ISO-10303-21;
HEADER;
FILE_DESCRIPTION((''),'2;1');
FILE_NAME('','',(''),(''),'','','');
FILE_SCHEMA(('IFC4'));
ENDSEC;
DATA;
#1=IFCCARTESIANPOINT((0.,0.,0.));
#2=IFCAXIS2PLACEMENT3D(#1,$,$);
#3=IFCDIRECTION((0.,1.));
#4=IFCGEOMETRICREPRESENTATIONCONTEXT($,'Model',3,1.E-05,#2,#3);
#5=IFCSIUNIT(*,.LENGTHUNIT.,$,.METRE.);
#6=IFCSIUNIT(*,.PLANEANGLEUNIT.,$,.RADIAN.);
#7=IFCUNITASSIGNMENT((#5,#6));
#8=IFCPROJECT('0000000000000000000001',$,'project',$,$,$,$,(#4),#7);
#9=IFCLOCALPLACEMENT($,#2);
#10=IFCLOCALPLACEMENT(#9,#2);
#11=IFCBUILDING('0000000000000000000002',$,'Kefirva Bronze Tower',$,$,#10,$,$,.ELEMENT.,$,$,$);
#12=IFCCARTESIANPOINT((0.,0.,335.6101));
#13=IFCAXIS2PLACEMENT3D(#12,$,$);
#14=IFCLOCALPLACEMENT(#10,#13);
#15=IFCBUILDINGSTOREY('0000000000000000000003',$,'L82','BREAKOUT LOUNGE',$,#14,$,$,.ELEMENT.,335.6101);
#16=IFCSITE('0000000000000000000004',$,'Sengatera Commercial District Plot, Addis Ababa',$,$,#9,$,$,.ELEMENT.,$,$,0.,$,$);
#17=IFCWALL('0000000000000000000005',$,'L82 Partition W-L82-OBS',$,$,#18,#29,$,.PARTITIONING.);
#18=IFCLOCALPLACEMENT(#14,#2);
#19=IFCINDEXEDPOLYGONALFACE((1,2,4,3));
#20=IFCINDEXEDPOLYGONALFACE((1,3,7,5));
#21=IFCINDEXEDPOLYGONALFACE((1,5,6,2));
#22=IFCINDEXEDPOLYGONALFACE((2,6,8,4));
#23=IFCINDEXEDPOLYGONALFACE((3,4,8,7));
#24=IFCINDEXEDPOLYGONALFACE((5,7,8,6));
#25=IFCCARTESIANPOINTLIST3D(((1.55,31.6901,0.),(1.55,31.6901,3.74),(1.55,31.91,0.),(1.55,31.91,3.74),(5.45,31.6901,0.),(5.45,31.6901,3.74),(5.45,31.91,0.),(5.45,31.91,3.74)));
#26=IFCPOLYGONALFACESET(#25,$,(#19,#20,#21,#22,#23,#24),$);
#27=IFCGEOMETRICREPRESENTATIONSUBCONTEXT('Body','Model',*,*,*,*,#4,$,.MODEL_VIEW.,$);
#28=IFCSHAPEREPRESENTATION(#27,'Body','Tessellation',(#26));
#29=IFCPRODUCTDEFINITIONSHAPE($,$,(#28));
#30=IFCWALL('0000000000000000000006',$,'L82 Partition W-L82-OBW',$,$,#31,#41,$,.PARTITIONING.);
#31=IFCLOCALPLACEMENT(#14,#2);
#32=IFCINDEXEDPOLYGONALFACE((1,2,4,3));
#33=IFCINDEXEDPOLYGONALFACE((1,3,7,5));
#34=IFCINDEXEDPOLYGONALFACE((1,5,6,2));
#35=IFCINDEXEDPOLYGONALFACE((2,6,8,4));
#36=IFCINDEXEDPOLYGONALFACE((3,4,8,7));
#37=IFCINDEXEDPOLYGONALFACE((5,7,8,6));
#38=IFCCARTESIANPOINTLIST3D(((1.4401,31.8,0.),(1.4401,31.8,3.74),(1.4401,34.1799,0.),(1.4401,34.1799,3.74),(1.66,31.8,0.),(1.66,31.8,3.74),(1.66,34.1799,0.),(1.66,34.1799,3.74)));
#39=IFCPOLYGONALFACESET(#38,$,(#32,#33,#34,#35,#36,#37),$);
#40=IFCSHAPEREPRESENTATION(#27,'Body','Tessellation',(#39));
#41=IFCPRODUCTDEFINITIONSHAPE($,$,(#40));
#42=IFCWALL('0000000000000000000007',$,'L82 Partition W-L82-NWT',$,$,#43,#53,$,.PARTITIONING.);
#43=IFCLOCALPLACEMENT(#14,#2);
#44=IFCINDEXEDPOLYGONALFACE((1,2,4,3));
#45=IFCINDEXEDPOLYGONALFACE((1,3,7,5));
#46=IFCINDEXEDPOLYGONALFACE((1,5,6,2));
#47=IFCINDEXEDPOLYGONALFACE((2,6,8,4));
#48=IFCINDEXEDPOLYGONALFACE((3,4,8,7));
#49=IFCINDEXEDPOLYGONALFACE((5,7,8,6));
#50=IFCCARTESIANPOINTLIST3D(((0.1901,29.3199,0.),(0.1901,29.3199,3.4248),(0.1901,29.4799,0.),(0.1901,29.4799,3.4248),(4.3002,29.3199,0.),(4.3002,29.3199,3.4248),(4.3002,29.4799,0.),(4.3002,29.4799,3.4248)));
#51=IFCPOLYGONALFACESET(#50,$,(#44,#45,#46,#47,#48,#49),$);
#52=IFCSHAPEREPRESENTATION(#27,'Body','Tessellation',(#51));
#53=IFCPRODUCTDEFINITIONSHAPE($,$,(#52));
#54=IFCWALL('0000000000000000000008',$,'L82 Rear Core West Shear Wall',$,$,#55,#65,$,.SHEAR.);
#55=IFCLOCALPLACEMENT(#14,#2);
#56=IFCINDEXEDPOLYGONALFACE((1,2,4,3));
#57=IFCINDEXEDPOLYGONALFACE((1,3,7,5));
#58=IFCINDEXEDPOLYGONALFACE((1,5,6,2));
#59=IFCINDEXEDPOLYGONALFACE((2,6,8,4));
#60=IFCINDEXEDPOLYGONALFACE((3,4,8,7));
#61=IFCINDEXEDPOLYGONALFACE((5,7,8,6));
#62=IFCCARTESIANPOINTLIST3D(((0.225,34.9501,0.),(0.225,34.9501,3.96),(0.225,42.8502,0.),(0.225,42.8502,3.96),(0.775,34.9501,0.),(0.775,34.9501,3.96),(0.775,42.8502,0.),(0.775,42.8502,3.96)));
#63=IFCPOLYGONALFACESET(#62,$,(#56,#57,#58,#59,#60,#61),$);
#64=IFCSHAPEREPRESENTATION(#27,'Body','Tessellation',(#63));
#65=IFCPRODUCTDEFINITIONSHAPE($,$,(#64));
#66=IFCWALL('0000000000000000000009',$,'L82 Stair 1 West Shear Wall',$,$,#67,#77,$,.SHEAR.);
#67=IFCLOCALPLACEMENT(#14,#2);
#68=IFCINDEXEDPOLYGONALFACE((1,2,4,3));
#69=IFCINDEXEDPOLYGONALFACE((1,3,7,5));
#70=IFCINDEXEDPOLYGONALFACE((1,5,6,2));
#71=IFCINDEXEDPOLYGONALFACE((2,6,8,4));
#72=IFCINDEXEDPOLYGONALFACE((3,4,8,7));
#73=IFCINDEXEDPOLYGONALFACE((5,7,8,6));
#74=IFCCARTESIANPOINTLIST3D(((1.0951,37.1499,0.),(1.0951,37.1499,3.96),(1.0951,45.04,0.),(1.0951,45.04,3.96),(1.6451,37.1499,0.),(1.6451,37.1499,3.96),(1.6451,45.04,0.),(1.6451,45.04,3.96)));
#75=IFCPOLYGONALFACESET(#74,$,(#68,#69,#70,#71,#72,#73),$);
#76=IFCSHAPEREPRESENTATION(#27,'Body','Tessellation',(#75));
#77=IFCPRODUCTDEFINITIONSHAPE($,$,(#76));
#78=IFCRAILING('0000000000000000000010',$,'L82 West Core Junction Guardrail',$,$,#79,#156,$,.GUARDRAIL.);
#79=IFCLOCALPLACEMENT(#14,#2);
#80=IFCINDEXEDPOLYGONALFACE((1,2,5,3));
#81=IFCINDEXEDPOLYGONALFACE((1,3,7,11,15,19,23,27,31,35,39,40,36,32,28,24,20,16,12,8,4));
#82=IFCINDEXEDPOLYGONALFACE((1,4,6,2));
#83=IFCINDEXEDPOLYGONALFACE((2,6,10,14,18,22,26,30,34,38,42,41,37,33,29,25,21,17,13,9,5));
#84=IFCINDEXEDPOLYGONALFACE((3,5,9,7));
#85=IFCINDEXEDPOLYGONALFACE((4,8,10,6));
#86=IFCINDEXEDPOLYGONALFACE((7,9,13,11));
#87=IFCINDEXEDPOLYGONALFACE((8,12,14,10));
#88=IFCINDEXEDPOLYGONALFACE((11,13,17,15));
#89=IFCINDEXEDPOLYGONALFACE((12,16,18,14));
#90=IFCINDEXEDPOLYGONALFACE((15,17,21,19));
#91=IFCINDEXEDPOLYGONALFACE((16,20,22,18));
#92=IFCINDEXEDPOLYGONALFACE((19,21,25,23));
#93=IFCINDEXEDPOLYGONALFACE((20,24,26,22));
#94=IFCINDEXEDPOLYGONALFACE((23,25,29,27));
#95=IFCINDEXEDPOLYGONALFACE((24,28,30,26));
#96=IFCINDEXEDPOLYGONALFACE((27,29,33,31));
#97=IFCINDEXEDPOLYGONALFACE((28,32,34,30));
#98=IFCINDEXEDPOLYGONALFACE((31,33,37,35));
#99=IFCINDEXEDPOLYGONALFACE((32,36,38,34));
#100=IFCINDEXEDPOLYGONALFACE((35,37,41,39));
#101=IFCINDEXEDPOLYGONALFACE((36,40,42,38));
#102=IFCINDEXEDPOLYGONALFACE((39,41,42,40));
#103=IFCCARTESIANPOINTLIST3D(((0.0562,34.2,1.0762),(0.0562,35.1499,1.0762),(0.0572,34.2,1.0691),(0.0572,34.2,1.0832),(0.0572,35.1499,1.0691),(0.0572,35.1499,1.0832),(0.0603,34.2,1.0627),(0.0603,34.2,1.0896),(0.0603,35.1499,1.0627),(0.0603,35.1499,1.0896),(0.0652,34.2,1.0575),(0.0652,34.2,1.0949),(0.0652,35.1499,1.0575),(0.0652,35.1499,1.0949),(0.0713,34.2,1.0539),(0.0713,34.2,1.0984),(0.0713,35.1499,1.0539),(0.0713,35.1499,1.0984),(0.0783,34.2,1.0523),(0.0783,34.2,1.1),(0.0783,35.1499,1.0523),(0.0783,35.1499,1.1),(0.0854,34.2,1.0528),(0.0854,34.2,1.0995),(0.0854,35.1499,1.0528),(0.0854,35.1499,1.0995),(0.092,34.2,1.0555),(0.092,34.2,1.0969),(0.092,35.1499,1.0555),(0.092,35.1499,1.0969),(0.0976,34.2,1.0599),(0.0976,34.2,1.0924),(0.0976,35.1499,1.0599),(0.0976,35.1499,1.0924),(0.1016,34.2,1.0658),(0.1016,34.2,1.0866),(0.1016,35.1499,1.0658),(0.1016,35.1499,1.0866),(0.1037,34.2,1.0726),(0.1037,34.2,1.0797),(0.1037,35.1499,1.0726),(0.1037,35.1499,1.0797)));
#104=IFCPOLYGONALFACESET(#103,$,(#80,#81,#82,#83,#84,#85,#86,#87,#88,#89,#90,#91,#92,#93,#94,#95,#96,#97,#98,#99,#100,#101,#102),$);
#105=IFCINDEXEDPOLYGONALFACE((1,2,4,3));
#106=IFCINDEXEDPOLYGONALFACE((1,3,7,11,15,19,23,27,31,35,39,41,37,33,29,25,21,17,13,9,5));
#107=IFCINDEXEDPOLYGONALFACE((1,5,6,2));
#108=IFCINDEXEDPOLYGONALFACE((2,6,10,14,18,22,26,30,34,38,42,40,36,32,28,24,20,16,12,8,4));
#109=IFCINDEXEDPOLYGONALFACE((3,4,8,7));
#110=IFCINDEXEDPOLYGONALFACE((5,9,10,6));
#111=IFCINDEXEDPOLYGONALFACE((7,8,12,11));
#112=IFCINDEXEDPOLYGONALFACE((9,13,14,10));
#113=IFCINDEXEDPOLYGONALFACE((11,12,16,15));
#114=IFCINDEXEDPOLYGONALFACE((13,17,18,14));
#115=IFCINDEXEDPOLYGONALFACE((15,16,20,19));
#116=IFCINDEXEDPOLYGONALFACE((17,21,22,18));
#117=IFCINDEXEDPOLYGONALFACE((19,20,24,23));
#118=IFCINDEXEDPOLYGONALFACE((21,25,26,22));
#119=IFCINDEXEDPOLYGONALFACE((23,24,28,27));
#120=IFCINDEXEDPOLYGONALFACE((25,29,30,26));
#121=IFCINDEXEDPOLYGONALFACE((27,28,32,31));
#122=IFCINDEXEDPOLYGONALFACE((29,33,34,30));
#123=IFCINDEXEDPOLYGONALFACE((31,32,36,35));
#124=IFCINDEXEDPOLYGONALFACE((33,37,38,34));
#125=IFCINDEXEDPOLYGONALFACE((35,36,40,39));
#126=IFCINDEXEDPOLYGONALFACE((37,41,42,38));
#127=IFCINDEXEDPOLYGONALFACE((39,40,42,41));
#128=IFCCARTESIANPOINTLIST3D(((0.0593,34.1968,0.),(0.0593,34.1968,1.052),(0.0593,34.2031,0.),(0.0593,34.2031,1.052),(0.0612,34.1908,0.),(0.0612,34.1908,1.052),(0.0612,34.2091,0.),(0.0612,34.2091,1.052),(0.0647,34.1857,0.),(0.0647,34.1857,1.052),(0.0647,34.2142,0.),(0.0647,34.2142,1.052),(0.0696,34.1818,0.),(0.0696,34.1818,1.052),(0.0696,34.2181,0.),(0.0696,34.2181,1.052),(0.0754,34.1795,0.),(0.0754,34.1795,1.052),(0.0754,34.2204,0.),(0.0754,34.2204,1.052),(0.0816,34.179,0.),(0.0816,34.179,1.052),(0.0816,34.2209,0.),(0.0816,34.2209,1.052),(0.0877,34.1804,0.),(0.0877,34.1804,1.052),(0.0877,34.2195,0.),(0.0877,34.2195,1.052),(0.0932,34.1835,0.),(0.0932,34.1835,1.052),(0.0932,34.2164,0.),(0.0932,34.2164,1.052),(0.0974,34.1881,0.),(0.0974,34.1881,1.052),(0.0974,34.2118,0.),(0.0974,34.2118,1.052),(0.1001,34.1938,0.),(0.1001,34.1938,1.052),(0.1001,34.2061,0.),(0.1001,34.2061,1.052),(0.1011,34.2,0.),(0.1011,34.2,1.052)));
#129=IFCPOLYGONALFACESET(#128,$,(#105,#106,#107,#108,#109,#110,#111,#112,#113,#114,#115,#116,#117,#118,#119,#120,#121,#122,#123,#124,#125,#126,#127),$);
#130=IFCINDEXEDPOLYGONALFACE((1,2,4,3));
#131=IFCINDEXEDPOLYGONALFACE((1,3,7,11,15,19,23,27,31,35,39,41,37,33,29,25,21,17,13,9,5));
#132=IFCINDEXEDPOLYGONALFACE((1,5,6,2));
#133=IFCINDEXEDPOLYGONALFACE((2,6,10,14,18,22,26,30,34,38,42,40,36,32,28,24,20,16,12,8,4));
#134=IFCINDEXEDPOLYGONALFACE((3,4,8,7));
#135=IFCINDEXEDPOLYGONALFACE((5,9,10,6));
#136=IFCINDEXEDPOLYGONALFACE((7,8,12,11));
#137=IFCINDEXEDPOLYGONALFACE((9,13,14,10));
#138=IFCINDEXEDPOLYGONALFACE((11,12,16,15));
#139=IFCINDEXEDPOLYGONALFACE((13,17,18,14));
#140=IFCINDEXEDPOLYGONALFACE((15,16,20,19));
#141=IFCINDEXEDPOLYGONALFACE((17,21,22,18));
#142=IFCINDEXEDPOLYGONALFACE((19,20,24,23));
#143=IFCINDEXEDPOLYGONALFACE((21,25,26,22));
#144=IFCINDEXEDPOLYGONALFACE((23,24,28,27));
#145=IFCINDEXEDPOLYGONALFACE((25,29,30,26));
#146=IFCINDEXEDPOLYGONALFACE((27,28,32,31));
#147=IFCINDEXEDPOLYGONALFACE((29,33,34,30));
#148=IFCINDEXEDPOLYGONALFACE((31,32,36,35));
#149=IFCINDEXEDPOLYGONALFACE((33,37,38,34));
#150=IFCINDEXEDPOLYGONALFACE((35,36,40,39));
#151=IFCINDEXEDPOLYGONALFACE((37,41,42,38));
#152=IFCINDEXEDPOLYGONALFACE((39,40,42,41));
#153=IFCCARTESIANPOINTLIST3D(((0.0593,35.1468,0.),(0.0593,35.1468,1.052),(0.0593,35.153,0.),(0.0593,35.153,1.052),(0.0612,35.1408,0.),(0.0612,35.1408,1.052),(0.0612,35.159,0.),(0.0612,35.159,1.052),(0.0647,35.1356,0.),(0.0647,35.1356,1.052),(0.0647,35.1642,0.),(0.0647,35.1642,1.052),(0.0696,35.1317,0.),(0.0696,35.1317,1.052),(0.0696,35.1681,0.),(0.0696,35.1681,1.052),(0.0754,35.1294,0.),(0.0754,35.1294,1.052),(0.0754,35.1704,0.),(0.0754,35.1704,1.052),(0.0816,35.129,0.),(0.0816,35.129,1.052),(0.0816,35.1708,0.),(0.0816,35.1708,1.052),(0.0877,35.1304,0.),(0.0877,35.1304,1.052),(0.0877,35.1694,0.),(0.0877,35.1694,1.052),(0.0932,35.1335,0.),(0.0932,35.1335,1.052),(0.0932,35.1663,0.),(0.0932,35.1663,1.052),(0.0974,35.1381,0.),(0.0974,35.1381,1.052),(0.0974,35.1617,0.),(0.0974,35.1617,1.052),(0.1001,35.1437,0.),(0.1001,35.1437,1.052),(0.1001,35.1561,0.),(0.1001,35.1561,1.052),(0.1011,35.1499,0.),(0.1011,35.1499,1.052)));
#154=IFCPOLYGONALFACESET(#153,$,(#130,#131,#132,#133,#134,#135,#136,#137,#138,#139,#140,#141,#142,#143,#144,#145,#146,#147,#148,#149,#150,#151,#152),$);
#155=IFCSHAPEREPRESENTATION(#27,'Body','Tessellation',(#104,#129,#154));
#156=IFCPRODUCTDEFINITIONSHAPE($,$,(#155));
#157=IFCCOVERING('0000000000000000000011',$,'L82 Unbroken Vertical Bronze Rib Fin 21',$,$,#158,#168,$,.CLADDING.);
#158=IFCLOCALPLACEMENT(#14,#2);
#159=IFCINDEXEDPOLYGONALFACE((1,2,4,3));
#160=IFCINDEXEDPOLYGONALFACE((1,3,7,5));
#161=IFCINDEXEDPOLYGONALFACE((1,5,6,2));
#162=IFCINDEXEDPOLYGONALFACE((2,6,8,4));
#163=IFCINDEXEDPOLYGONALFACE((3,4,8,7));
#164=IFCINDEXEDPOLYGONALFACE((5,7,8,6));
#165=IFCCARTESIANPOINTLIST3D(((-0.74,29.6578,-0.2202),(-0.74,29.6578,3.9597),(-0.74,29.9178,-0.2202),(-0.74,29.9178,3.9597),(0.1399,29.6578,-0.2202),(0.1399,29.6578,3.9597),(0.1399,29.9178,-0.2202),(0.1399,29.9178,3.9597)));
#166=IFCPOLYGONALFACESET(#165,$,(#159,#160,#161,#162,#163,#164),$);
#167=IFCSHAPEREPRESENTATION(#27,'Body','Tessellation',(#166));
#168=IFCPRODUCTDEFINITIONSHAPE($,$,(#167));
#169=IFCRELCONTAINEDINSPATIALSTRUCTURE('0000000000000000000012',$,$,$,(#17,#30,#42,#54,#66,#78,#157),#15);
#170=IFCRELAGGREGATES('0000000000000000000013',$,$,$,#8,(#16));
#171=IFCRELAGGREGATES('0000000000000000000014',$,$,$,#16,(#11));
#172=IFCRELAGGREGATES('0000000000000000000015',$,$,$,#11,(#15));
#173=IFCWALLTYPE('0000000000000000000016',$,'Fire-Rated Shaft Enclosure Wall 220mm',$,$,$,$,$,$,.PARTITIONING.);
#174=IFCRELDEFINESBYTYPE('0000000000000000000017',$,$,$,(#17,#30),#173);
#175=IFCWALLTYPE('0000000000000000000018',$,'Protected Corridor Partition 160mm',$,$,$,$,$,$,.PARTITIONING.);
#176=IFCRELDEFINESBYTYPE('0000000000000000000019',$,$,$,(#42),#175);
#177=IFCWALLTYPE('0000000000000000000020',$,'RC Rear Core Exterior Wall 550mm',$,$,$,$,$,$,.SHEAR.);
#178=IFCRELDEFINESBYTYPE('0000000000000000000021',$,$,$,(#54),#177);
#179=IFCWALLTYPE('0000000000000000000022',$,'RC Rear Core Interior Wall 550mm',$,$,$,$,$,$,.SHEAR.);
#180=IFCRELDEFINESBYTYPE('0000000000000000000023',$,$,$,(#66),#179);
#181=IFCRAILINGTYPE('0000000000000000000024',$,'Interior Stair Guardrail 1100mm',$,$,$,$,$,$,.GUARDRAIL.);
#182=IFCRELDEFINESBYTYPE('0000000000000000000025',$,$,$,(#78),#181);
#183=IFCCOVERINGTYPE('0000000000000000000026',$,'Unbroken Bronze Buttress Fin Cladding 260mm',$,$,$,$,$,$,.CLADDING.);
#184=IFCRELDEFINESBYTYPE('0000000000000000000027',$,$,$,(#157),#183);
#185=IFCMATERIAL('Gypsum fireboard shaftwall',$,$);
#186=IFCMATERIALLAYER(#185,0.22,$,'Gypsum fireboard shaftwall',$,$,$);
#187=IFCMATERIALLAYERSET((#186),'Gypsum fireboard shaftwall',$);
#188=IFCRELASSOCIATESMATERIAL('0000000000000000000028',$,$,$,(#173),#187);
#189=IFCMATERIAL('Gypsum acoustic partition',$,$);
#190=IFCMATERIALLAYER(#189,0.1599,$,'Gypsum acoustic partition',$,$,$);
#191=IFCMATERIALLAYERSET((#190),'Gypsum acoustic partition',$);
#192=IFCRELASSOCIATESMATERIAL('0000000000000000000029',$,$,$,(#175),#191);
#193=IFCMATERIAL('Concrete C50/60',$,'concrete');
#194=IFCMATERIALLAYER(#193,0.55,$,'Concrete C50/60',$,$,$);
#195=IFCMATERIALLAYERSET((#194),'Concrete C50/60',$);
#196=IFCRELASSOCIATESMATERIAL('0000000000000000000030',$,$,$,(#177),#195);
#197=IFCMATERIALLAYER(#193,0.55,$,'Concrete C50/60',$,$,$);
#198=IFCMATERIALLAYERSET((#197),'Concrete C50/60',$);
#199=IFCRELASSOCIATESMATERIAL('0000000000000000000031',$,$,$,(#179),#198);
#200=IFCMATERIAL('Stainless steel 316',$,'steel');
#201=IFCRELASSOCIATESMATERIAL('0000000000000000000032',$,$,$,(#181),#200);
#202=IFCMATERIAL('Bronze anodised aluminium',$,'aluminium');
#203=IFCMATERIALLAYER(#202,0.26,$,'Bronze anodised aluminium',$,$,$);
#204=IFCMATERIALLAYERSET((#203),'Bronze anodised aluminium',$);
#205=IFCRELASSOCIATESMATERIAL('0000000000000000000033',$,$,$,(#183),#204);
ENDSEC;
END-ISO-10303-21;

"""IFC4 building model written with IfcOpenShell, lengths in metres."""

from ifc_helpers import new_model, si_unit, direction, frame, frame_2d, origin, origin_2d, place, context, subcontext, project, spatial, rectangle, circle, extrude, material, layer, layer_set, type_object, element, save


model = new_model("IFC4")

# Units and contexts
model_context = context("Model", 3, precision=1e-05, world=origin(), true_north=direction((0.0, 1.0)))
body_context = subcontext(model_context, "Body", "Model", "MODEL_VIEW")
ifc_project = project(units=[si_unit("LENGTHUNIT", "METRE"), si_unit("PLANEANGLEUNIT", "RADIAN")], contexts=[model_context])

# Site, building, storey
site_placement = place(None, origin())
site = spatial("IfcSite", under=ifc_project, at=site_placement, Name="Sengatera Commercial District Plot, Addis Ababa", CompositionType="ELEMENT", RefElevation=0.0)
building_placement = place(site_placement, origin())
building = spatial("IfcBuilding", under=site, at=building_placement, Name="Kefirva Bronze Tower", CompositionType="ELEMENT")
storey_placement = place(building_placement, frame((0.0, 0.0, 335.6101)))
storey = spatial("IfcBuildingStorey", under=building, at=storey_placement, Name="L82", Description="BREAKOUT LOUNGE", CompositionType="ELEMENT", Elevation=335.6101)

# Shared definitions
ifc_material_1 = material(Name="Concrete C50/60", Category="concrete")

# Shared definitions
ifc_material_2 = material(Name="Bronze anodised aluminium", Category="aluminium")

# Walls
ifc_material_3 = material(Name="Gypsum fireboard shaftwall")
ifc_layer_1 = layer(ifc_material_3, 0.22, Name="Gypsum fireboard shaftwall")
ifc_layer_set_1 = layer_set([ifc_layer_1], Name="Gypsum fireboard shaftwall")
wall_type_1 = type_object("IfcWallType", Name="Fire-Rated Shaft Enclosure Wall 220mm", PredefinedType="PARTITIONING", material=ifc_layer_set_1)
wall_1_placement = place(storey_placement, frame((1.55, 31.8, 0.0), z_axis=(0.0, 0.0, 1.0), x_axis=(1.0, 0.0, 0.0)))
element("IfcWall", 1, at=wall_1_placement, inside=storey, type_object=wall_type_1, Name="L82 Partition W-L82-OBS", PredefinedType="PARTITIONING", context=body_context, shape_type="SweptSolid", body=[
    extrude(rectangle(XDim=3.8999, YDim=0.22, at=frame_2d((1.95, 0.0))), origin(), (0.0, 0.0, 1.0), 3.74),
])
wall_2_placement = place(storey_placement, frame((1.55, 31.8, 0.0), z_axis=(0.0, 0.0, 1.0), x_axis=(0.0, 1.0, 0.0)))
element("IfcWall", 2, at=wall_2_placement, inside=storey, type_object=wall_type_1, Name="L82 Partition W-L82-OBW", PredefinedType="PARTITIONING", context=body_context, shape_type="SweptSolid", body=[
    extrude(rectangle(XDim=2.3799, YDim=0.22, at=frame_2d((1.1899, 0.0))), origin(), (0.0, 0.0, 1.0), 3.74),
])
ifc_material_4 = material(Name="Gypsum acoustic partition")
ifc_layer_2 = layer(ifc_material_4, 0.1599, Name="Gypsum acoustic partition")
ifc_layer_set_2 = layer_set([ifc_layer_2], Name="Gypsum acoustic partition")
wall_type_2 = type_object("IfcWallType", Name="Protected Corridor Partition 160mm", PredefinedType="PARTITIONING", material=ifc_layer_set_2)
wall_3_placement = place(storey_placement, frame((0.1899, 29.3999, 0.0), z_axis=(0.0, 0.0, 1.0), x_axis=(1.0, 0.0, 0.0)))
element("IfcWall", 3, at=wall_3_placement, inside=storey, type_object=wall_type_2, Name="L82 Partition W-L82-NWT", PredefinedType="PARTITIONING", context=body_context, shape_type="SweptSolid", body=[
    extrude(rectangle(XDim=4.1101, YDim=0.1599, at=frame_2d((2.0552, 0.0))), origin(), (0.0, 0.0, 1.0), 3.4248),
])
ifc_layer_3 = layer(ifc_material_1, 0.55, Name="Concrete C50/60")
ifc_layer_set_3 = layer_set([ifc_layer_3], Name="Concrete C50/60")
wall_type_3 = type_object("IfcWallType", Name="RC Rear Core Exterior Wall 550mm", PredefinedType="SHEAR", material=ifc_layer_set_3)
wall_4_placement = place(storey_placement, frame((0.5, 34.95, 0.0), z_axis=(0.0, 0.0, 1.0), x_axis=(0.0, 1.0, 0.0)))
element("IfcWall", 4, at=wall_4_placement, inside=storey, type_object=wall_type_3, Name="L82 Rear Core West Shear Wall", PredefinedType="SHEAR", context=body_context, shape_type="SweptSolid", body=[
    extrude(rectangle(XDim=7.9001, YDim=0.55, at=frame_2d((3.9502, 0.0))), origin(), (0.0, 0.0, 1.0), 3.96),
])

# Shared definitions
ifc_layer_4 = layer(ifc_material_1, 0.55, Name="Concrete C50/60")
ifc_layer_set_4 = layer_set([ifc_layer_4], Name="Concrete C50/60")
wall_type_4 = type_object("IfcWallType", Name="RC Rear Core Interior Wall 550mm", PredefinedType="SHEAR", material=ifc_layer_set_4)

# Wall
wall_5_placement = place(storey_placement, frame((1.3701, 37.1499, 0.0), z_axis=(0.0, 0.0, 1.0), x_axis=(0.0, 1.0, 0.0)))
element("IfcWall", 5, at=wall_5_placement, inside=storey, type_object=wall_type_4, Name="L82 Stair 1 West Shear Wall", PredefinedType="SHEAR", context=body_context, shape_type="SweptSolid", body=[
    extrude(rectangle(XDim=7.8901, YDim=0.55, at=frame_2d((3.9451, 0.0))), origin(), (0.0, 0.0, 1.0), 3.96),
])

# Railing
ifc_material_5 = material(Name="Stainless steel 316", Category="steel")
railing_type = type_object("IfcRailingType", Name="Interior Stair Guardrail 1100mm", PredefinedType="GUARDRAIL", material=ifc_material_5)
railing_placement = place(storey_placement, frame((0.0801, 34.2, 0.0)))
element("IfcRailing", 6, at=railing_placement, inside=storey, type_object=railing_type, Name="L82 West Core Junction Guardrail", PredefinedType="GUARDRAIL", context=body_context, shape_type="SweptSolid", body=[
    extrude(circle(Radius=0.0239, at=origin_2d()), frame((0.0, 0.0, 1.0762), z_axis=(0.0, 1.0, 0.0), x_axis=(-1.0, 0.0, 0.0)), (0.0, 0.0, 1.0), 0.95),
    extrude(circle(Radius=0.021, at=origin_2d()), origin(), (0.0, 0.0, 1.0), 1.052),
    extrude(circle(Radius=0.021, at=origin_2d()), frame((0.0, 0.95, 0.0)), (0.0, 0.0, 1.0), 1.052),
])

# Covering
ifc_layer_5 = layer(ifc_material_2, 0.26, Name="Bronze anodised aluminium")
ifc_layer_set_5 = layer_set([ifc_layer_5], Name="Bronze anodised aluminium")
covering_type = type_object("IfcCoveringType", Name="Unbroken Bronze Buttress Fin Cladding 260mm", PredefinedType="CLADDING", material=ifc_layer_set_5)
covering_placement = place(storey_placement, frame((-0.3, 29.7878, -0.2202), z_axis=(0.0, 0.0, 1.0), x_axis=(0.0, -1.0, 0.0)))
element("IfcCovering", 7, at=covering_placement, inside=storey, type_object=covering_type, Name="L82 Unbroken Vertical Bronze Rib Fin 21", PredefinedType="CLADDING", context=body_context, shape_type="SweptSolid", body=[
    extrude(rectangle(XDim=0.26, YDim=0.8799, at=origin_2d()), origin(), (0.0, 0.0, 1.0), 4.1799),
])

save(model, "model.ifc")
